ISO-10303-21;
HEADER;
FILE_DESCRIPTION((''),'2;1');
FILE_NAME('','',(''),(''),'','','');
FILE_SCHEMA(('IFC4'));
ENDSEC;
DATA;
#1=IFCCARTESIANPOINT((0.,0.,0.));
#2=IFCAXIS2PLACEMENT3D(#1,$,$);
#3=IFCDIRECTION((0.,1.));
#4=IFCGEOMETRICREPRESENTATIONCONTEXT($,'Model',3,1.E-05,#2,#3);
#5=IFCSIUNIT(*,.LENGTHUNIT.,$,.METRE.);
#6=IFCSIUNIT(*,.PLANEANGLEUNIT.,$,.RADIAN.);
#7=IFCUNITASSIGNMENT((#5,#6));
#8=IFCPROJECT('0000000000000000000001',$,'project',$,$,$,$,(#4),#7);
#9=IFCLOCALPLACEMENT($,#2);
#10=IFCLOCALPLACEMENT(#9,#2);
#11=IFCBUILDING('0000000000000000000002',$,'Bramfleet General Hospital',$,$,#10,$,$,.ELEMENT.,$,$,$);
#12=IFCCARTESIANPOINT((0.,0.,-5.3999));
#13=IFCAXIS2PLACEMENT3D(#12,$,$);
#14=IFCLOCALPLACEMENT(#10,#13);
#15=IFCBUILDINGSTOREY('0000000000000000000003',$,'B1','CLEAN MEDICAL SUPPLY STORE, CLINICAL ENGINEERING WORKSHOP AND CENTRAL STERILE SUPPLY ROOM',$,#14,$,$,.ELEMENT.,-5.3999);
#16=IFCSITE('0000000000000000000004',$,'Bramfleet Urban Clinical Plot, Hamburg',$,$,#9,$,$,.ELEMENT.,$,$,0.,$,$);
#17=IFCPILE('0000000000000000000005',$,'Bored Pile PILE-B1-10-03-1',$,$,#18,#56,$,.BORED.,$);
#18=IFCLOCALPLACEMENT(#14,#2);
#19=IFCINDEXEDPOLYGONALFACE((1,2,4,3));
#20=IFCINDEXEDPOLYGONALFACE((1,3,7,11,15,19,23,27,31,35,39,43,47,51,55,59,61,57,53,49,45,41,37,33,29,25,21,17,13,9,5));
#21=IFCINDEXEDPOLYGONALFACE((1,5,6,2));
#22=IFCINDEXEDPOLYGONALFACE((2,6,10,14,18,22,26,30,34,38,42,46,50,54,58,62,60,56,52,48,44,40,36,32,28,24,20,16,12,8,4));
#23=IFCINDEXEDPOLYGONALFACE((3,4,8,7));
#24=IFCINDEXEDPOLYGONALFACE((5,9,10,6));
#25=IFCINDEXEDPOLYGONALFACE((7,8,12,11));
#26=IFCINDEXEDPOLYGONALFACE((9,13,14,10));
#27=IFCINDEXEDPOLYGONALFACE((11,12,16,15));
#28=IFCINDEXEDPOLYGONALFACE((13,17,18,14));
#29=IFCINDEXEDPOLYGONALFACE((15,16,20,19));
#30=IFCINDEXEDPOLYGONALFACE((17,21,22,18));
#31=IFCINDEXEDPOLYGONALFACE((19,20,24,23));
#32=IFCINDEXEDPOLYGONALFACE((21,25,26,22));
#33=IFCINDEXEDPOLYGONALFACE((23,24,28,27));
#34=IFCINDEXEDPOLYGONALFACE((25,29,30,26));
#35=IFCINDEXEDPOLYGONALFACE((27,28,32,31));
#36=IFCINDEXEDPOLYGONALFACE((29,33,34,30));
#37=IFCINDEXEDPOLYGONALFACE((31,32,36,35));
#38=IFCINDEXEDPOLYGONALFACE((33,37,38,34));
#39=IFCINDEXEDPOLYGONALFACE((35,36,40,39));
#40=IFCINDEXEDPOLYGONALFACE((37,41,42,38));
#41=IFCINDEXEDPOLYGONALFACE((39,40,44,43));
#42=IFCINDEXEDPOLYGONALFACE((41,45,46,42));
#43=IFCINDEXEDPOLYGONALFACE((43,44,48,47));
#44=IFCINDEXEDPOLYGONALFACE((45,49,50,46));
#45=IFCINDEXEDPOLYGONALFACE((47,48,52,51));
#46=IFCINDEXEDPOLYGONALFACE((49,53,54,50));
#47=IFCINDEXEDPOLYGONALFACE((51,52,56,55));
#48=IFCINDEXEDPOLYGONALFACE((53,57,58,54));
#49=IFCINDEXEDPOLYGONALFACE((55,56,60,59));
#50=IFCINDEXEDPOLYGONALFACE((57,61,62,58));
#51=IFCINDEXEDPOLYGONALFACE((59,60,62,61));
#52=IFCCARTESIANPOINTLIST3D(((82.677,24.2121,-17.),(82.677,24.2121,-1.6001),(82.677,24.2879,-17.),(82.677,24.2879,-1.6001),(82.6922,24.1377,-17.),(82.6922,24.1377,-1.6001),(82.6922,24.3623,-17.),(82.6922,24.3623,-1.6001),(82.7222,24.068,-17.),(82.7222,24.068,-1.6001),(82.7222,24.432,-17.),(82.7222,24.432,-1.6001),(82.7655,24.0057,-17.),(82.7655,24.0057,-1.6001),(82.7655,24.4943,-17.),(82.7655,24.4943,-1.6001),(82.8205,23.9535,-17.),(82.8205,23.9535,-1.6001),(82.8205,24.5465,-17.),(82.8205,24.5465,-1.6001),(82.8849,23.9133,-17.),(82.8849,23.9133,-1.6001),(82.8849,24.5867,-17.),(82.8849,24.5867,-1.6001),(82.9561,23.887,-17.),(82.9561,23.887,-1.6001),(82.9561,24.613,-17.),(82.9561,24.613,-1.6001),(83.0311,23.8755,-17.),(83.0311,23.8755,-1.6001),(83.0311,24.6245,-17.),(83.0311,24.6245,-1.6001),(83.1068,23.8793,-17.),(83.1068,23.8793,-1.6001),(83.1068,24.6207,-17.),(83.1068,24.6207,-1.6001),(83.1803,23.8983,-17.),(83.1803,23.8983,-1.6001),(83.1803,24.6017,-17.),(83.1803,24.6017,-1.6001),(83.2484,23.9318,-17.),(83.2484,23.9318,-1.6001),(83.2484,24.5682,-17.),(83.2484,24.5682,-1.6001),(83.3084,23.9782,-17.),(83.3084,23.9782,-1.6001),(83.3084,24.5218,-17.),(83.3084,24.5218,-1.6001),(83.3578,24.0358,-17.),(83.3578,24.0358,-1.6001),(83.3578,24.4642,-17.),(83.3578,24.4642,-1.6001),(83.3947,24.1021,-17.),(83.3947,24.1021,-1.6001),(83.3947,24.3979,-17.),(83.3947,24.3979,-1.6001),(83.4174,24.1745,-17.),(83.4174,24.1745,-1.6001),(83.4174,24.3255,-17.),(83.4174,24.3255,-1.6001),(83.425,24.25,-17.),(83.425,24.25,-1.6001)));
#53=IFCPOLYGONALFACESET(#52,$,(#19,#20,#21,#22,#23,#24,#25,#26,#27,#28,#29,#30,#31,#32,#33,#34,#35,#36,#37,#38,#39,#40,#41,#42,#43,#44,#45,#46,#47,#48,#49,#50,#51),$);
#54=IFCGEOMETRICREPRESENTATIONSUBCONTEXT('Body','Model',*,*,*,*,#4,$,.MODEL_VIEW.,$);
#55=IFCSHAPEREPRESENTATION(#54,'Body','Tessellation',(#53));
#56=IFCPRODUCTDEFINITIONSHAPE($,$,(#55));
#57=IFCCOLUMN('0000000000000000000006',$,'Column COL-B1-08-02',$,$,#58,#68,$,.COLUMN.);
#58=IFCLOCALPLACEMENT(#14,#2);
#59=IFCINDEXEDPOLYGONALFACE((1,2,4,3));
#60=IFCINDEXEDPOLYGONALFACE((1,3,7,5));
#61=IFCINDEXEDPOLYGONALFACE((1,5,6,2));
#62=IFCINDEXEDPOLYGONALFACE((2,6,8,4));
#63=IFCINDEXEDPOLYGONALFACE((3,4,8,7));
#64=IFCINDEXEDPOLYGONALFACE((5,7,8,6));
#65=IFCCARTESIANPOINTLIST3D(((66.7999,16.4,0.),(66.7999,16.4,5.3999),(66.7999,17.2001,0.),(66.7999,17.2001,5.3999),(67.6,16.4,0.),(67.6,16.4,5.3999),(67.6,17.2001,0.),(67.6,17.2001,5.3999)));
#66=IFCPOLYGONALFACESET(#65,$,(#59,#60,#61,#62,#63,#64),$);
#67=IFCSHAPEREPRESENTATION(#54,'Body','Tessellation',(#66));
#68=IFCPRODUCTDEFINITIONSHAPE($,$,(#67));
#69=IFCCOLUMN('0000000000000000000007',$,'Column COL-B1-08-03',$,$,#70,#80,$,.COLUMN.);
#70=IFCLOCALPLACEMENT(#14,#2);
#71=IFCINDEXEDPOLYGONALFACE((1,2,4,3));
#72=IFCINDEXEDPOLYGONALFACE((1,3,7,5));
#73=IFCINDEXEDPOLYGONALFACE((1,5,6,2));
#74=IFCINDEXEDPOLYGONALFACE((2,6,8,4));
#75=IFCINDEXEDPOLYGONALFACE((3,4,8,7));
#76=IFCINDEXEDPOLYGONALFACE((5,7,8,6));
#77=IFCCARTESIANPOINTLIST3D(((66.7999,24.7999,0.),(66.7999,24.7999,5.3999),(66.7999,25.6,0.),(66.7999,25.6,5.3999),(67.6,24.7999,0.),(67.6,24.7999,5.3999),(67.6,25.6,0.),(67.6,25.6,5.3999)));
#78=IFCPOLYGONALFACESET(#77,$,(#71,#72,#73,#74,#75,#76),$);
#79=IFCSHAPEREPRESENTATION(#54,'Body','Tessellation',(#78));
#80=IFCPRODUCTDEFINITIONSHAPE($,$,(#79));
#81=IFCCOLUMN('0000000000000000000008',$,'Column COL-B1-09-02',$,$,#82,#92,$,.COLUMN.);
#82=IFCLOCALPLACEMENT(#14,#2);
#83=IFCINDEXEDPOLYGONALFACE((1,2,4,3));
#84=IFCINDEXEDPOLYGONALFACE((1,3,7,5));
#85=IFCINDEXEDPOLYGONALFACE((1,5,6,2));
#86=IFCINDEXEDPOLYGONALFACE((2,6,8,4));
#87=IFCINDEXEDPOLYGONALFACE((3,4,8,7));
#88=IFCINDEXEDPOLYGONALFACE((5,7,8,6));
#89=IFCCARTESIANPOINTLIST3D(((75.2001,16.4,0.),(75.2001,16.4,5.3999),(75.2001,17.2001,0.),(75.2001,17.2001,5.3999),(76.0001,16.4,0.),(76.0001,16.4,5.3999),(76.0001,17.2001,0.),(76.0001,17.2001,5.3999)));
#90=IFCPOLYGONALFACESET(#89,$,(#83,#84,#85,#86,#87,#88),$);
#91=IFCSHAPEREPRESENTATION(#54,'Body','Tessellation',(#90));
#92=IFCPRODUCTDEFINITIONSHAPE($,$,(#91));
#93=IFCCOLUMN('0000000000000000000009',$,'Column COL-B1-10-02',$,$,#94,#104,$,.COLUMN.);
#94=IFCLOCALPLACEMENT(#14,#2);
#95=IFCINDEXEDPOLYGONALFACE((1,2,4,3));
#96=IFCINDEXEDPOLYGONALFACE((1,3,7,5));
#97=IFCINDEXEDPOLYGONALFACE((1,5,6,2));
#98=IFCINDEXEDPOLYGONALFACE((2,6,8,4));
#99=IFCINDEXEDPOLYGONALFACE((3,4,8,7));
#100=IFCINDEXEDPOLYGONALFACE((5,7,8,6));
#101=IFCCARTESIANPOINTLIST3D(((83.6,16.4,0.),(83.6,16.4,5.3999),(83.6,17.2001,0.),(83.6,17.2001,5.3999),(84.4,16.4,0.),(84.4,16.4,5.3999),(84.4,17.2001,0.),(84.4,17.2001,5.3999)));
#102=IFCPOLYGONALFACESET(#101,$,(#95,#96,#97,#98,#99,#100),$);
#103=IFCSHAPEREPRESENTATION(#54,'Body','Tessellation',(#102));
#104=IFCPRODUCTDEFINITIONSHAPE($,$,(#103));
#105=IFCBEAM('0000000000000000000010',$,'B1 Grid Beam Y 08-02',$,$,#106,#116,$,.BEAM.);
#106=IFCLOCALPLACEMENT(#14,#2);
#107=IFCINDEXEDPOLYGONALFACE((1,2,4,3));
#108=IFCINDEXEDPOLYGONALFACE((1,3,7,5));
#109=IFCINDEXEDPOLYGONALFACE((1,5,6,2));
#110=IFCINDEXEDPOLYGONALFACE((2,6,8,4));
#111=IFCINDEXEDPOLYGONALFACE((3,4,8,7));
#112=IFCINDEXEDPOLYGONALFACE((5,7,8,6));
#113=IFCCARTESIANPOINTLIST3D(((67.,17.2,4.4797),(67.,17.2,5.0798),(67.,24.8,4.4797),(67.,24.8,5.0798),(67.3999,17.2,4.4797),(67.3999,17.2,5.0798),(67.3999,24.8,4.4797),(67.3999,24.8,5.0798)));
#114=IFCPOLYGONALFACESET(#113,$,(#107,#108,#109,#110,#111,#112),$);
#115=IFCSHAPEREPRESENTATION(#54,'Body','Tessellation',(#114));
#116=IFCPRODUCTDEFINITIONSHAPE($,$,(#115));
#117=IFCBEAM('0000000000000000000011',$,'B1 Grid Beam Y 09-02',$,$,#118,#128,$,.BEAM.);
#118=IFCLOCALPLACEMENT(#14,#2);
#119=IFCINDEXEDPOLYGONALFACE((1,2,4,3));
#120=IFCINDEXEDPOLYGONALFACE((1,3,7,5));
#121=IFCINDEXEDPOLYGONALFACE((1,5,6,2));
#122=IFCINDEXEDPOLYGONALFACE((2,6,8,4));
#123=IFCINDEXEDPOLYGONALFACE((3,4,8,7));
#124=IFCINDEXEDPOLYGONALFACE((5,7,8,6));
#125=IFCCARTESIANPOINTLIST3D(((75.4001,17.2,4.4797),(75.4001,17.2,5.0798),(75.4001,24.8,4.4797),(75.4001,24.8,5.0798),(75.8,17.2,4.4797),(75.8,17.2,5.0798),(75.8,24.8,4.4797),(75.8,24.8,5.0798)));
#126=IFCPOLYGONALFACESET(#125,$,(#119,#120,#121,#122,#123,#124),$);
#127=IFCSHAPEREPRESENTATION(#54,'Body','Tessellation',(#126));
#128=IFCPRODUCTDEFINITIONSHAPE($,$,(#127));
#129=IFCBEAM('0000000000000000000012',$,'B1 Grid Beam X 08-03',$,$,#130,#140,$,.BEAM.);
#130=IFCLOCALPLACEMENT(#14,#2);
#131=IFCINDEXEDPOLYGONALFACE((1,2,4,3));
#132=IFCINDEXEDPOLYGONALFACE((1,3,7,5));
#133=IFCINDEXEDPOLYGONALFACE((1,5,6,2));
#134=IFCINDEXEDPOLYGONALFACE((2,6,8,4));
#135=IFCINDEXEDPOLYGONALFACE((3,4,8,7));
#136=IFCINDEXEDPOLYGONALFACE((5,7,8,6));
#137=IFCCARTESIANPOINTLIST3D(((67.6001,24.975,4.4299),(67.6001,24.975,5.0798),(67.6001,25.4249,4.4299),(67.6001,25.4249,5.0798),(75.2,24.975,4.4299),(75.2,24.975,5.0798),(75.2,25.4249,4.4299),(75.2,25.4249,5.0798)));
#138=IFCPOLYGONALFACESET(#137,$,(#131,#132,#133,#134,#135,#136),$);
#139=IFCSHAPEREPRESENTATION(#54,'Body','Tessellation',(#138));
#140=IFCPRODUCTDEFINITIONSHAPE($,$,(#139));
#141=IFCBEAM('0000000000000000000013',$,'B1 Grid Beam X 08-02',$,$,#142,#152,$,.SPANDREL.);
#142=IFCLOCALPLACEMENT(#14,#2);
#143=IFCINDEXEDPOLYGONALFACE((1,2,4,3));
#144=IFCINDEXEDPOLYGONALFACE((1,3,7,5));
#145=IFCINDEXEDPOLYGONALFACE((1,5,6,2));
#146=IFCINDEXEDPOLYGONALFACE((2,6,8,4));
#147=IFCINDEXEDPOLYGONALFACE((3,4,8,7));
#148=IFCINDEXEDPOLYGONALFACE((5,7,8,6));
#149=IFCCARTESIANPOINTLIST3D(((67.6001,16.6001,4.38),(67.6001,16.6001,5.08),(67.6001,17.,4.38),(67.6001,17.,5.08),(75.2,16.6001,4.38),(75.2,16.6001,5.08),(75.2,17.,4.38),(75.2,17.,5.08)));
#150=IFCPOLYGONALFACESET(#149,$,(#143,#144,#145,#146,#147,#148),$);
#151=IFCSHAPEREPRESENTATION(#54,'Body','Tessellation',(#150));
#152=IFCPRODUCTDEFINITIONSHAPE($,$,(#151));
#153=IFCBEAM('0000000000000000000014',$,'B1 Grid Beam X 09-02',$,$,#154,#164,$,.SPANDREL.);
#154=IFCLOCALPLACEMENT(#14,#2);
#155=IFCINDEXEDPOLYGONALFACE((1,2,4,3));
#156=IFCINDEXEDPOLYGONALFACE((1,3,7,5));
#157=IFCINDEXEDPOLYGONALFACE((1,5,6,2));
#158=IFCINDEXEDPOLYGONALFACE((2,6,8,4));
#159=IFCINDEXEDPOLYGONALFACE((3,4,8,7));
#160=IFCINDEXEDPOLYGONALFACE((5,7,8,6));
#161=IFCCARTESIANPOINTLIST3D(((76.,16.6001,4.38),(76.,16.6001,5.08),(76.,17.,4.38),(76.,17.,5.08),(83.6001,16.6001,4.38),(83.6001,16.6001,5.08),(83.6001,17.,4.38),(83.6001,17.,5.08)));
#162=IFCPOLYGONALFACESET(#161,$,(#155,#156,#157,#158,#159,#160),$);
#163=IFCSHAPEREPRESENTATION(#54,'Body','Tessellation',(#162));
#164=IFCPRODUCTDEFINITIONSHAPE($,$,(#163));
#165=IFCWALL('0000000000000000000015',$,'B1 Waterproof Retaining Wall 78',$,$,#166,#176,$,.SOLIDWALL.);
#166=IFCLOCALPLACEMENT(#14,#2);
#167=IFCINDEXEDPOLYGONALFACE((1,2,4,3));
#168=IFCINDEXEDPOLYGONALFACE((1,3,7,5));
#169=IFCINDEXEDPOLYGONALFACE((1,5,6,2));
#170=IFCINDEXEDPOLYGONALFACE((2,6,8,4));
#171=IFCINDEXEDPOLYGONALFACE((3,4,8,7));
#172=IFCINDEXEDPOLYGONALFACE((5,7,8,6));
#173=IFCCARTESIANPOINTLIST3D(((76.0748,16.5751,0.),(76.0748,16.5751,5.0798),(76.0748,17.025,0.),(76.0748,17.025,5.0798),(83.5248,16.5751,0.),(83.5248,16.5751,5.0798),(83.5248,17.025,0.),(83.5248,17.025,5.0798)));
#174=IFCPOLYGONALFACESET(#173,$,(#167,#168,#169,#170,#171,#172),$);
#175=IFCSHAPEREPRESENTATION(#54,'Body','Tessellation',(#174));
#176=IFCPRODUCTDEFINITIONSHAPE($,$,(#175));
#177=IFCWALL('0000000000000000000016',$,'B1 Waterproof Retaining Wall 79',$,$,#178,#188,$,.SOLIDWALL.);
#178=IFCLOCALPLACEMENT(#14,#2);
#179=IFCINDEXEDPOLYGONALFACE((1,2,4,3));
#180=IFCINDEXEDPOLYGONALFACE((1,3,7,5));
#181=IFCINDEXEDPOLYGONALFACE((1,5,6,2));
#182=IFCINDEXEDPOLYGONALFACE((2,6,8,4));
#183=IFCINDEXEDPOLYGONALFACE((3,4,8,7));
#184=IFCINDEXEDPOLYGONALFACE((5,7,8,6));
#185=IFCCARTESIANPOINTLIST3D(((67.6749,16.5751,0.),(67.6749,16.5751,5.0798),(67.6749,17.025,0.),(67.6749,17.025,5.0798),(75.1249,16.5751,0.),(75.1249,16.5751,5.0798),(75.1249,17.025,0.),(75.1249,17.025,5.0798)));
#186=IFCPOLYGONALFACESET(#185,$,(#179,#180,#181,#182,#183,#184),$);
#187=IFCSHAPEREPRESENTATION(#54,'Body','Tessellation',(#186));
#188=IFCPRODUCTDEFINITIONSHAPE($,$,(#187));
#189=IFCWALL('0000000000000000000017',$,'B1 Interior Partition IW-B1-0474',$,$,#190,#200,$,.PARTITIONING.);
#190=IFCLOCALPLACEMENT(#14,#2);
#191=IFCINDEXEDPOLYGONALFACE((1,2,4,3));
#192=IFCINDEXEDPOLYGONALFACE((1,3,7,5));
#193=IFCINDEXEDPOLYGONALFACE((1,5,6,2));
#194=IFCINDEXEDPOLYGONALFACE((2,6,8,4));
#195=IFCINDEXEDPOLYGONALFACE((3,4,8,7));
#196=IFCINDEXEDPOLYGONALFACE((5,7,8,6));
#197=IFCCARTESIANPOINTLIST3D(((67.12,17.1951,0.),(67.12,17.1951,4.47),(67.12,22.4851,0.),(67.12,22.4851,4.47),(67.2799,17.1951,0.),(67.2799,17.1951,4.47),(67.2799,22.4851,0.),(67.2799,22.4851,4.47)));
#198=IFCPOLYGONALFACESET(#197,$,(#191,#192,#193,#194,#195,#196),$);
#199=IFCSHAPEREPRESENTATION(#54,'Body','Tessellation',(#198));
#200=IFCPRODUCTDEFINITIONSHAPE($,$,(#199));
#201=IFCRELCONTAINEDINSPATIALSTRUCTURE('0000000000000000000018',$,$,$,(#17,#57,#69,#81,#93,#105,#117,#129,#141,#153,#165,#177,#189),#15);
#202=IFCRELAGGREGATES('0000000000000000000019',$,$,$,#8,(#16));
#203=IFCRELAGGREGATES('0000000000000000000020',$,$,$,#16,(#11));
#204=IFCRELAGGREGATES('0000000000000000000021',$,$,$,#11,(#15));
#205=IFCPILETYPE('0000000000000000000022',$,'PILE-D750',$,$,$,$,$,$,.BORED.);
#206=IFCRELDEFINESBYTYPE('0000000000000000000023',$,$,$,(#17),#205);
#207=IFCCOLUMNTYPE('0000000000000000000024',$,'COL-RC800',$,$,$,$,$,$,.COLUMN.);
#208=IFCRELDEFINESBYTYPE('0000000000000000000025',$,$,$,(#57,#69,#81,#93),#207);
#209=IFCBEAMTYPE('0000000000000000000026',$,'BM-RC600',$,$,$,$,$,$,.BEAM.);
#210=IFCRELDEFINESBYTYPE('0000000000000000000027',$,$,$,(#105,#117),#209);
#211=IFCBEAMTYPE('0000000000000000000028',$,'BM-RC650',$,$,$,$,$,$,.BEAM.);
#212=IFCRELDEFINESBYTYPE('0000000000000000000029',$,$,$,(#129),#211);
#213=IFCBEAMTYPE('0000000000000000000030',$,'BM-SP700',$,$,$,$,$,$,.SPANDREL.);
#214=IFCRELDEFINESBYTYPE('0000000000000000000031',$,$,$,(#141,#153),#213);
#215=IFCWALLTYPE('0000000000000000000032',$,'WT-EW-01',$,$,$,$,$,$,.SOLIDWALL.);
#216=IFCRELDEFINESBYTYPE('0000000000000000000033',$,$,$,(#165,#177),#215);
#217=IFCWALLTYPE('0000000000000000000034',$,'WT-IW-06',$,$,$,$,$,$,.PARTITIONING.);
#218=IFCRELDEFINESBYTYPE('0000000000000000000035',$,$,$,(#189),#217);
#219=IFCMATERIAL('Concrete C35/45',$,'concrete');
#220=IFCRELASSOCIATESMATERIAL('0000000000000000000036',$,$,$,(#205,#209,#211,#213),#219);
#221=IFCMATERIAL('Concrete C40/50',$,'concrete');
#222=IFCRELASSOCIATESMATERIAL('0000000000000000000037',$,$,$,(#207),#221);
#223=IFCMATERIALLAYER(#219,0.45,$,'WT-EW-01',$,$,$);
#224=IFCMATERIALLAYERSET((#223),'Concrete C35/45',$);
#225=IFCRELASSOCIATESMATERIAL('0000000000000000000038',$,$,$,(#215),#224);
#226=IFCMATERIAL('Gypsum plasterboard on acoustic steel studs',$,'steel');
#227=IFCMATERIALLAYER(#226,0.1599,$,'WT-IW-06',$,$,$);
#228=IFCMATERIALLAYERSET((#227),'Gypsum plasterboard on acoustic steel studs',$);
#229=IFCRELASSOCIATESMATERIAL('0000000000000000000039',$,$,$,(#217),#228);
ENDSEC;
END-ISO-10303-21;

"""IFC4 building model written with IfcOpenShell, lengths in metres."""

from ifc_helpers import new_model, si_unit, direction, frame, frame_2d, origin, origin_2d, place, context, subcontext, project, spatial, rectangle, circle, extrude, material, layer, layer_set, material_profile, profile_set, type_object, element, save


model = new_model("IFC4")

# Units and contexts
model_context = context("Model", 3, precision=1e-05, world=origin(), true_north=direction((0.0, 1.0)))
body_context = subcontext(model_context, "Body", "Model", "MODEL_VIEW")
ifc_project = project(units=[si_unit("LENGTHUNIT", "METRE"), si_unit("PLANEANGLEUNIT", "RADIAN")], contexts=[model_context])

# Site, building, storey
site_placement = place(None, origin())
site = spatial("IfcSite", under=ifc_project, at=site_placement, Name="Bramfleet Urban Clinical Plot, Hamburg", CompositionType="ELEMENT", RefElevation=0.0)
building_placement = place(site_placement, origin())
building = spatial("IfcBuilding", under=site, at=building_placement, Name="Bramfleet General Hospital", CompositionType="ELEMENT")
storey_placement = place(building_placement, frame((0.0, 0.0, -5.3999)))
storey = spatial("IfcBuildingStorey", under=building, at=storey_placement, Name="B1", Description="CLEAN MEDICAL SUPPLY STORE, CLINICAL ENGINEERING WORKSHOP AND CENTRAL STERILE SUPPLY ROOM", CompositionType="ELEMENT", Elevation=-5.3999)

# Shared definitions
ifc_material_1 = material(Name="Concrete C35/45", Category="concrete")

# Pile
ifc_material_profile_1 = material_profile(ifc_material_1, circle(Radius=0.375, at=origin_2d()), Name="PILE BORED D750")
ifc_profile_set_1 = profile_set([ifc_material_profile_1], Name="Concrete C35/45")
pile_type = type_object("IfcPileType", Name="PILE-D750", PredefinedType="BORED", material=ifc_profile_set_1)
for number, where, z_axis, x_axis, name in (
    (1, (83.05, 24.25, -1.6001), (0.0, 0.0, -1.0), (1.0, 0.0, 0.0), "Bored Pile PILE-B1-10-03-1"),
):
    element("IfcPile", number, at=place(storey_placement, frame(where, z_axis=z_axis, x_axis=x_axis)), inside=storey, type_object=pile_type, Name=name, PredefinedType="BORED", context=body_context, shape_type="SweptSolid", body=[
        extrude(circle(Radius=0.375, at=origin_2d()), origin(), (0.0, 0.0, 1.0), 15.3999),
    ])

# Columns
ifc_material_2 = material(Name="Concrete C40/50", Category="concrete")
ifc_material_profile_2 = material_profile(ifc_material_2, rectangle(XDim=0.8, YDim=0.8, at=origin_2d()), Name="RC COL 800x800")
ifc_profile_set_2 = profile_set([ifc_material_profile_2], Name="Concrete C40/50")
column_type = type_object("IfcColumnType", Name="COL-RC800", PredefinedType="COLUMN", material=ifc_profile_set_2)
for number, where, z_axis, x_axis, name in (
    (2, (67.2, 16.8, 0.0), (0.0, 0.0, 1.0), (1.0, 0.0, 0.0), "Column COL-B1-08-02"),
    (3, (67.2, 25.2, 0.0), (0.0, 0.0, 1.0), (1.0, 0.0, 0.0), "Column COL-B1-08-03"),
    (4, (75.6001, 16.8, 0.0), (0.0, 0.0, 1.0), (1.0, 0.0, 0.0), "Column COL-B1-09-02"),
    (5, (84.0, 16.8, 0.0), (0.0, 0.0, 1.0), (1.0, 0.0, 0.0), "Column COL-B1-10-02"),
):
    element("IfcColumn", number, at=place(storey_placement, frame(where, z_axis=z_axis, x_axis=x_axis)), inside=storey, type_object=column_type, Name=name, PredefinedType="COLUMN", context=body_context, shape_type="SweptSolid", body=[
        extrude(rectangle(XDim=0.8, YDim=0.8, at=origin_2d()), origin(), (0.0, 0.0, 1.0), 5.3999),
    ])

# Beams
ifc_material_profile_3 = material_profile(ifc_material_1, rectangle(XDim=0.3999, YDim=0.6001, at=origin_2d()), Name="RC BM 600x400")
ifc_profile_set_3 = profile_set([ifc_material_profile_3], Name="Concrete C35/45")
beam_type_1 = type_object("IfcBeamType", Name="BM-RC600", PredefinedType="BEAM", material=ifc_profile_set_3)
for number, where, z_axis, x_axis, name in (
    (6, (67.2, 17.2, 4.7798), (0.0, 1.0, 0.0), (-1.0, 0.0, 0.0), "B1 Grid Beam Y 08-02"),
    (7, (75.6001, 17.2, 4.7798), (0.0, 1.0, 0.0), (-1.0, 0.0, 0.0), "B1 Grid Beam Y 09-02"),
):
    element("IfcBeam", number, at=place(storey_placement, frame(where, z_axis=z_axis, x_axis=x_axis)), inside=storey, type_object=beam_type_1, Name=name, PredefinedType="BEAM", context=body_context, shape_type="SweptSolid", body=[
        extrude(rectangle(XDim=0.3999, YDim=0.6001, at=origin_2d()), origin(), (0.0, 0.0, 1.0), 7.6001),
    ])
ifc_material_profile_4 = material_profile(ifc_material_1, rectangle(XDim=0.45, YDim=0.6499, at=origin_2d()), Name="RC BM 650x450")
ifc_profile_set_4 = profile_set([ifc_material_profile_4], Name="Concrete C35/45")
beam_type_2 = type_object("IfcBeamType", Name="BM-RC650", PredefinedType="BEAM", material=ifc_profile_set_4)
beam_1_placement = place(storey_placement, frame((67.6001, 25.2, 4.7549), z_axis=(1.0, 0.0, 0.0), x_axis=(0.0, 1.0, 0.0)))
element("IfcBeam", 8, at=beam_1_placement, inside=storey, type_object=beam_type_2, Name="B1 Grid Beam X 08-03", PredefinedType="BEAM", context=body_context, shape_type="SweptSolid", body=[
    extrude(rectangle(XDim=0.45, YDim=0.6499, at=origin_2d()), origin(), (0.0, 0.0, 1.0), 7.5999),
])
ifc_material_profile_5 = material_profile(ifc_material_1, rectangle(XDim=0.3999, YDim=0.7, at=origin_2d()), Name="RC SP 700x400")
ifc_profile_set_5 = profile_set([ifc_material_profile_5], Name="Concrete C35/45")
beam_type_3 = type_object("IfcBeamType", Name="BM-SP700", PredefinedType="SPANDREL", material=ifc_profile_set_5)
beam_2_placement = place(storey_placement, frame((67.6001, 16.8, 4.73), z_axis=(1.0, 0.0, 0.0), x_axis=(0.0, 1.0, 0.0)))
element("IfcBeam", 9, at=beam_2_placement, inside=storey, type_object=beam_type_3, Name="B1 Grid Beam X 08-02", PredefinedType="SPANDREL", context=body_context, shape_type="SweptSolid", body=[
    extrude(rectangle(XDim=0.3999, YDim=0.7, at=origin_2d()), origin(), (0.0, 0.0, 1.0), 7.5999),
])
beam_3_placement = place(storey_placement, frame((76.0, 16.8, 4.73), z_axis=(1.0, 0.0, 0.0), x_axis=(0.0, 1.0, 0.0)))
element("IfcBeam", 10, at=beam_3_placement, inside=storey, type_object=beam_type_3, Name="B1 Grid Beam X 09-02", PredefinedType="SPANDREL", context=body_context, shape_type="SweptSolid", body=[
    extrude(rectangle(XDim=0.3999, YDim=0.7, at=origin_2d()), origin(), (0.0, 0.0, 1.0), 7.6001),
])

# Walls
ifc_layer_1 = layer(ifc_material_1, 0.45, Name="WT-EW-01")
ifc_layer_set_1 = layer_set([ifc_layer_1], Name="Concrete C35/45")
wall_type_1 = type_object("IfcWallType", Name="WT-EW-01", PredefinedType="SOLIDWALL", material=ifc_layer_set_1)
for number, where, z_axis, x_axis, name in (
    (11, (83.5249, 16.8, 0.0), (0.0, 0.0, 1.0), (-1.0, 0.0, 0.0), "B1 Waterproof Retaining Wall 78"),
    (12, (75.125, 16.8, 0.0), (0.0, 0.0, 1.0), (-1.0, 0.0, 0.0), "B1 Waterproof Retaining Wall 79"),
):
    element("IfcWall", number, at=place(storey_placement, frame(where, z_axis=z_axis, x_axis=x_axis)), inside=storey, type_object=wall_type_1, Name=name, PredefinedType="SOLIDWALL", context=body_context, shape_type="SweptSolid", body=[
        extrude(rectangle(XDim=7.45, YDim=0.45, at=frame_2d((3.7251, 0.0))), origin(), (0.0, 0.0, 1.0), 5.0798),
    ])
ifc_material_3 = material(Name="Gypsum plasterboard on acoustic steel studs", Category="steel")
ifc_layer_2 = layer(ifc_material_3, 0.1599, Name="WT-IW-06")
ifc_layer_set_2 = layer_set([ifc_layer_2], Name="Gypsum plasterboard on acoustic steel studs")
wall_type_2 = type_object("IfcWallType", Name="WT-IW-06", PredefinedType="PARTITIONING", material=ifc_layer_set_2)
wall_placement = place(storey_placement, frame((67.2, 17.1951, 0.0), z_axis=(0.0, 0.0, 1.0), x_axis=(0.0, 1.0, 0.0)))
element("IfcWall", 13, at=wall_placement, inside=storey, type_object=wall_type_2, Name="B1 Interior Partition IW-B1-0474", PredefinedType="PARTITIONING", context=body_context, shape_type="SweptSolid", body=[
    extrude(rectangle(XDim=5.29, YDim=0.1599, at=frame_2d((2.645, 0.0))), origin(), (0.0, 0.0, 1.0), 4.47),
])

save(model, "model.ifc")
